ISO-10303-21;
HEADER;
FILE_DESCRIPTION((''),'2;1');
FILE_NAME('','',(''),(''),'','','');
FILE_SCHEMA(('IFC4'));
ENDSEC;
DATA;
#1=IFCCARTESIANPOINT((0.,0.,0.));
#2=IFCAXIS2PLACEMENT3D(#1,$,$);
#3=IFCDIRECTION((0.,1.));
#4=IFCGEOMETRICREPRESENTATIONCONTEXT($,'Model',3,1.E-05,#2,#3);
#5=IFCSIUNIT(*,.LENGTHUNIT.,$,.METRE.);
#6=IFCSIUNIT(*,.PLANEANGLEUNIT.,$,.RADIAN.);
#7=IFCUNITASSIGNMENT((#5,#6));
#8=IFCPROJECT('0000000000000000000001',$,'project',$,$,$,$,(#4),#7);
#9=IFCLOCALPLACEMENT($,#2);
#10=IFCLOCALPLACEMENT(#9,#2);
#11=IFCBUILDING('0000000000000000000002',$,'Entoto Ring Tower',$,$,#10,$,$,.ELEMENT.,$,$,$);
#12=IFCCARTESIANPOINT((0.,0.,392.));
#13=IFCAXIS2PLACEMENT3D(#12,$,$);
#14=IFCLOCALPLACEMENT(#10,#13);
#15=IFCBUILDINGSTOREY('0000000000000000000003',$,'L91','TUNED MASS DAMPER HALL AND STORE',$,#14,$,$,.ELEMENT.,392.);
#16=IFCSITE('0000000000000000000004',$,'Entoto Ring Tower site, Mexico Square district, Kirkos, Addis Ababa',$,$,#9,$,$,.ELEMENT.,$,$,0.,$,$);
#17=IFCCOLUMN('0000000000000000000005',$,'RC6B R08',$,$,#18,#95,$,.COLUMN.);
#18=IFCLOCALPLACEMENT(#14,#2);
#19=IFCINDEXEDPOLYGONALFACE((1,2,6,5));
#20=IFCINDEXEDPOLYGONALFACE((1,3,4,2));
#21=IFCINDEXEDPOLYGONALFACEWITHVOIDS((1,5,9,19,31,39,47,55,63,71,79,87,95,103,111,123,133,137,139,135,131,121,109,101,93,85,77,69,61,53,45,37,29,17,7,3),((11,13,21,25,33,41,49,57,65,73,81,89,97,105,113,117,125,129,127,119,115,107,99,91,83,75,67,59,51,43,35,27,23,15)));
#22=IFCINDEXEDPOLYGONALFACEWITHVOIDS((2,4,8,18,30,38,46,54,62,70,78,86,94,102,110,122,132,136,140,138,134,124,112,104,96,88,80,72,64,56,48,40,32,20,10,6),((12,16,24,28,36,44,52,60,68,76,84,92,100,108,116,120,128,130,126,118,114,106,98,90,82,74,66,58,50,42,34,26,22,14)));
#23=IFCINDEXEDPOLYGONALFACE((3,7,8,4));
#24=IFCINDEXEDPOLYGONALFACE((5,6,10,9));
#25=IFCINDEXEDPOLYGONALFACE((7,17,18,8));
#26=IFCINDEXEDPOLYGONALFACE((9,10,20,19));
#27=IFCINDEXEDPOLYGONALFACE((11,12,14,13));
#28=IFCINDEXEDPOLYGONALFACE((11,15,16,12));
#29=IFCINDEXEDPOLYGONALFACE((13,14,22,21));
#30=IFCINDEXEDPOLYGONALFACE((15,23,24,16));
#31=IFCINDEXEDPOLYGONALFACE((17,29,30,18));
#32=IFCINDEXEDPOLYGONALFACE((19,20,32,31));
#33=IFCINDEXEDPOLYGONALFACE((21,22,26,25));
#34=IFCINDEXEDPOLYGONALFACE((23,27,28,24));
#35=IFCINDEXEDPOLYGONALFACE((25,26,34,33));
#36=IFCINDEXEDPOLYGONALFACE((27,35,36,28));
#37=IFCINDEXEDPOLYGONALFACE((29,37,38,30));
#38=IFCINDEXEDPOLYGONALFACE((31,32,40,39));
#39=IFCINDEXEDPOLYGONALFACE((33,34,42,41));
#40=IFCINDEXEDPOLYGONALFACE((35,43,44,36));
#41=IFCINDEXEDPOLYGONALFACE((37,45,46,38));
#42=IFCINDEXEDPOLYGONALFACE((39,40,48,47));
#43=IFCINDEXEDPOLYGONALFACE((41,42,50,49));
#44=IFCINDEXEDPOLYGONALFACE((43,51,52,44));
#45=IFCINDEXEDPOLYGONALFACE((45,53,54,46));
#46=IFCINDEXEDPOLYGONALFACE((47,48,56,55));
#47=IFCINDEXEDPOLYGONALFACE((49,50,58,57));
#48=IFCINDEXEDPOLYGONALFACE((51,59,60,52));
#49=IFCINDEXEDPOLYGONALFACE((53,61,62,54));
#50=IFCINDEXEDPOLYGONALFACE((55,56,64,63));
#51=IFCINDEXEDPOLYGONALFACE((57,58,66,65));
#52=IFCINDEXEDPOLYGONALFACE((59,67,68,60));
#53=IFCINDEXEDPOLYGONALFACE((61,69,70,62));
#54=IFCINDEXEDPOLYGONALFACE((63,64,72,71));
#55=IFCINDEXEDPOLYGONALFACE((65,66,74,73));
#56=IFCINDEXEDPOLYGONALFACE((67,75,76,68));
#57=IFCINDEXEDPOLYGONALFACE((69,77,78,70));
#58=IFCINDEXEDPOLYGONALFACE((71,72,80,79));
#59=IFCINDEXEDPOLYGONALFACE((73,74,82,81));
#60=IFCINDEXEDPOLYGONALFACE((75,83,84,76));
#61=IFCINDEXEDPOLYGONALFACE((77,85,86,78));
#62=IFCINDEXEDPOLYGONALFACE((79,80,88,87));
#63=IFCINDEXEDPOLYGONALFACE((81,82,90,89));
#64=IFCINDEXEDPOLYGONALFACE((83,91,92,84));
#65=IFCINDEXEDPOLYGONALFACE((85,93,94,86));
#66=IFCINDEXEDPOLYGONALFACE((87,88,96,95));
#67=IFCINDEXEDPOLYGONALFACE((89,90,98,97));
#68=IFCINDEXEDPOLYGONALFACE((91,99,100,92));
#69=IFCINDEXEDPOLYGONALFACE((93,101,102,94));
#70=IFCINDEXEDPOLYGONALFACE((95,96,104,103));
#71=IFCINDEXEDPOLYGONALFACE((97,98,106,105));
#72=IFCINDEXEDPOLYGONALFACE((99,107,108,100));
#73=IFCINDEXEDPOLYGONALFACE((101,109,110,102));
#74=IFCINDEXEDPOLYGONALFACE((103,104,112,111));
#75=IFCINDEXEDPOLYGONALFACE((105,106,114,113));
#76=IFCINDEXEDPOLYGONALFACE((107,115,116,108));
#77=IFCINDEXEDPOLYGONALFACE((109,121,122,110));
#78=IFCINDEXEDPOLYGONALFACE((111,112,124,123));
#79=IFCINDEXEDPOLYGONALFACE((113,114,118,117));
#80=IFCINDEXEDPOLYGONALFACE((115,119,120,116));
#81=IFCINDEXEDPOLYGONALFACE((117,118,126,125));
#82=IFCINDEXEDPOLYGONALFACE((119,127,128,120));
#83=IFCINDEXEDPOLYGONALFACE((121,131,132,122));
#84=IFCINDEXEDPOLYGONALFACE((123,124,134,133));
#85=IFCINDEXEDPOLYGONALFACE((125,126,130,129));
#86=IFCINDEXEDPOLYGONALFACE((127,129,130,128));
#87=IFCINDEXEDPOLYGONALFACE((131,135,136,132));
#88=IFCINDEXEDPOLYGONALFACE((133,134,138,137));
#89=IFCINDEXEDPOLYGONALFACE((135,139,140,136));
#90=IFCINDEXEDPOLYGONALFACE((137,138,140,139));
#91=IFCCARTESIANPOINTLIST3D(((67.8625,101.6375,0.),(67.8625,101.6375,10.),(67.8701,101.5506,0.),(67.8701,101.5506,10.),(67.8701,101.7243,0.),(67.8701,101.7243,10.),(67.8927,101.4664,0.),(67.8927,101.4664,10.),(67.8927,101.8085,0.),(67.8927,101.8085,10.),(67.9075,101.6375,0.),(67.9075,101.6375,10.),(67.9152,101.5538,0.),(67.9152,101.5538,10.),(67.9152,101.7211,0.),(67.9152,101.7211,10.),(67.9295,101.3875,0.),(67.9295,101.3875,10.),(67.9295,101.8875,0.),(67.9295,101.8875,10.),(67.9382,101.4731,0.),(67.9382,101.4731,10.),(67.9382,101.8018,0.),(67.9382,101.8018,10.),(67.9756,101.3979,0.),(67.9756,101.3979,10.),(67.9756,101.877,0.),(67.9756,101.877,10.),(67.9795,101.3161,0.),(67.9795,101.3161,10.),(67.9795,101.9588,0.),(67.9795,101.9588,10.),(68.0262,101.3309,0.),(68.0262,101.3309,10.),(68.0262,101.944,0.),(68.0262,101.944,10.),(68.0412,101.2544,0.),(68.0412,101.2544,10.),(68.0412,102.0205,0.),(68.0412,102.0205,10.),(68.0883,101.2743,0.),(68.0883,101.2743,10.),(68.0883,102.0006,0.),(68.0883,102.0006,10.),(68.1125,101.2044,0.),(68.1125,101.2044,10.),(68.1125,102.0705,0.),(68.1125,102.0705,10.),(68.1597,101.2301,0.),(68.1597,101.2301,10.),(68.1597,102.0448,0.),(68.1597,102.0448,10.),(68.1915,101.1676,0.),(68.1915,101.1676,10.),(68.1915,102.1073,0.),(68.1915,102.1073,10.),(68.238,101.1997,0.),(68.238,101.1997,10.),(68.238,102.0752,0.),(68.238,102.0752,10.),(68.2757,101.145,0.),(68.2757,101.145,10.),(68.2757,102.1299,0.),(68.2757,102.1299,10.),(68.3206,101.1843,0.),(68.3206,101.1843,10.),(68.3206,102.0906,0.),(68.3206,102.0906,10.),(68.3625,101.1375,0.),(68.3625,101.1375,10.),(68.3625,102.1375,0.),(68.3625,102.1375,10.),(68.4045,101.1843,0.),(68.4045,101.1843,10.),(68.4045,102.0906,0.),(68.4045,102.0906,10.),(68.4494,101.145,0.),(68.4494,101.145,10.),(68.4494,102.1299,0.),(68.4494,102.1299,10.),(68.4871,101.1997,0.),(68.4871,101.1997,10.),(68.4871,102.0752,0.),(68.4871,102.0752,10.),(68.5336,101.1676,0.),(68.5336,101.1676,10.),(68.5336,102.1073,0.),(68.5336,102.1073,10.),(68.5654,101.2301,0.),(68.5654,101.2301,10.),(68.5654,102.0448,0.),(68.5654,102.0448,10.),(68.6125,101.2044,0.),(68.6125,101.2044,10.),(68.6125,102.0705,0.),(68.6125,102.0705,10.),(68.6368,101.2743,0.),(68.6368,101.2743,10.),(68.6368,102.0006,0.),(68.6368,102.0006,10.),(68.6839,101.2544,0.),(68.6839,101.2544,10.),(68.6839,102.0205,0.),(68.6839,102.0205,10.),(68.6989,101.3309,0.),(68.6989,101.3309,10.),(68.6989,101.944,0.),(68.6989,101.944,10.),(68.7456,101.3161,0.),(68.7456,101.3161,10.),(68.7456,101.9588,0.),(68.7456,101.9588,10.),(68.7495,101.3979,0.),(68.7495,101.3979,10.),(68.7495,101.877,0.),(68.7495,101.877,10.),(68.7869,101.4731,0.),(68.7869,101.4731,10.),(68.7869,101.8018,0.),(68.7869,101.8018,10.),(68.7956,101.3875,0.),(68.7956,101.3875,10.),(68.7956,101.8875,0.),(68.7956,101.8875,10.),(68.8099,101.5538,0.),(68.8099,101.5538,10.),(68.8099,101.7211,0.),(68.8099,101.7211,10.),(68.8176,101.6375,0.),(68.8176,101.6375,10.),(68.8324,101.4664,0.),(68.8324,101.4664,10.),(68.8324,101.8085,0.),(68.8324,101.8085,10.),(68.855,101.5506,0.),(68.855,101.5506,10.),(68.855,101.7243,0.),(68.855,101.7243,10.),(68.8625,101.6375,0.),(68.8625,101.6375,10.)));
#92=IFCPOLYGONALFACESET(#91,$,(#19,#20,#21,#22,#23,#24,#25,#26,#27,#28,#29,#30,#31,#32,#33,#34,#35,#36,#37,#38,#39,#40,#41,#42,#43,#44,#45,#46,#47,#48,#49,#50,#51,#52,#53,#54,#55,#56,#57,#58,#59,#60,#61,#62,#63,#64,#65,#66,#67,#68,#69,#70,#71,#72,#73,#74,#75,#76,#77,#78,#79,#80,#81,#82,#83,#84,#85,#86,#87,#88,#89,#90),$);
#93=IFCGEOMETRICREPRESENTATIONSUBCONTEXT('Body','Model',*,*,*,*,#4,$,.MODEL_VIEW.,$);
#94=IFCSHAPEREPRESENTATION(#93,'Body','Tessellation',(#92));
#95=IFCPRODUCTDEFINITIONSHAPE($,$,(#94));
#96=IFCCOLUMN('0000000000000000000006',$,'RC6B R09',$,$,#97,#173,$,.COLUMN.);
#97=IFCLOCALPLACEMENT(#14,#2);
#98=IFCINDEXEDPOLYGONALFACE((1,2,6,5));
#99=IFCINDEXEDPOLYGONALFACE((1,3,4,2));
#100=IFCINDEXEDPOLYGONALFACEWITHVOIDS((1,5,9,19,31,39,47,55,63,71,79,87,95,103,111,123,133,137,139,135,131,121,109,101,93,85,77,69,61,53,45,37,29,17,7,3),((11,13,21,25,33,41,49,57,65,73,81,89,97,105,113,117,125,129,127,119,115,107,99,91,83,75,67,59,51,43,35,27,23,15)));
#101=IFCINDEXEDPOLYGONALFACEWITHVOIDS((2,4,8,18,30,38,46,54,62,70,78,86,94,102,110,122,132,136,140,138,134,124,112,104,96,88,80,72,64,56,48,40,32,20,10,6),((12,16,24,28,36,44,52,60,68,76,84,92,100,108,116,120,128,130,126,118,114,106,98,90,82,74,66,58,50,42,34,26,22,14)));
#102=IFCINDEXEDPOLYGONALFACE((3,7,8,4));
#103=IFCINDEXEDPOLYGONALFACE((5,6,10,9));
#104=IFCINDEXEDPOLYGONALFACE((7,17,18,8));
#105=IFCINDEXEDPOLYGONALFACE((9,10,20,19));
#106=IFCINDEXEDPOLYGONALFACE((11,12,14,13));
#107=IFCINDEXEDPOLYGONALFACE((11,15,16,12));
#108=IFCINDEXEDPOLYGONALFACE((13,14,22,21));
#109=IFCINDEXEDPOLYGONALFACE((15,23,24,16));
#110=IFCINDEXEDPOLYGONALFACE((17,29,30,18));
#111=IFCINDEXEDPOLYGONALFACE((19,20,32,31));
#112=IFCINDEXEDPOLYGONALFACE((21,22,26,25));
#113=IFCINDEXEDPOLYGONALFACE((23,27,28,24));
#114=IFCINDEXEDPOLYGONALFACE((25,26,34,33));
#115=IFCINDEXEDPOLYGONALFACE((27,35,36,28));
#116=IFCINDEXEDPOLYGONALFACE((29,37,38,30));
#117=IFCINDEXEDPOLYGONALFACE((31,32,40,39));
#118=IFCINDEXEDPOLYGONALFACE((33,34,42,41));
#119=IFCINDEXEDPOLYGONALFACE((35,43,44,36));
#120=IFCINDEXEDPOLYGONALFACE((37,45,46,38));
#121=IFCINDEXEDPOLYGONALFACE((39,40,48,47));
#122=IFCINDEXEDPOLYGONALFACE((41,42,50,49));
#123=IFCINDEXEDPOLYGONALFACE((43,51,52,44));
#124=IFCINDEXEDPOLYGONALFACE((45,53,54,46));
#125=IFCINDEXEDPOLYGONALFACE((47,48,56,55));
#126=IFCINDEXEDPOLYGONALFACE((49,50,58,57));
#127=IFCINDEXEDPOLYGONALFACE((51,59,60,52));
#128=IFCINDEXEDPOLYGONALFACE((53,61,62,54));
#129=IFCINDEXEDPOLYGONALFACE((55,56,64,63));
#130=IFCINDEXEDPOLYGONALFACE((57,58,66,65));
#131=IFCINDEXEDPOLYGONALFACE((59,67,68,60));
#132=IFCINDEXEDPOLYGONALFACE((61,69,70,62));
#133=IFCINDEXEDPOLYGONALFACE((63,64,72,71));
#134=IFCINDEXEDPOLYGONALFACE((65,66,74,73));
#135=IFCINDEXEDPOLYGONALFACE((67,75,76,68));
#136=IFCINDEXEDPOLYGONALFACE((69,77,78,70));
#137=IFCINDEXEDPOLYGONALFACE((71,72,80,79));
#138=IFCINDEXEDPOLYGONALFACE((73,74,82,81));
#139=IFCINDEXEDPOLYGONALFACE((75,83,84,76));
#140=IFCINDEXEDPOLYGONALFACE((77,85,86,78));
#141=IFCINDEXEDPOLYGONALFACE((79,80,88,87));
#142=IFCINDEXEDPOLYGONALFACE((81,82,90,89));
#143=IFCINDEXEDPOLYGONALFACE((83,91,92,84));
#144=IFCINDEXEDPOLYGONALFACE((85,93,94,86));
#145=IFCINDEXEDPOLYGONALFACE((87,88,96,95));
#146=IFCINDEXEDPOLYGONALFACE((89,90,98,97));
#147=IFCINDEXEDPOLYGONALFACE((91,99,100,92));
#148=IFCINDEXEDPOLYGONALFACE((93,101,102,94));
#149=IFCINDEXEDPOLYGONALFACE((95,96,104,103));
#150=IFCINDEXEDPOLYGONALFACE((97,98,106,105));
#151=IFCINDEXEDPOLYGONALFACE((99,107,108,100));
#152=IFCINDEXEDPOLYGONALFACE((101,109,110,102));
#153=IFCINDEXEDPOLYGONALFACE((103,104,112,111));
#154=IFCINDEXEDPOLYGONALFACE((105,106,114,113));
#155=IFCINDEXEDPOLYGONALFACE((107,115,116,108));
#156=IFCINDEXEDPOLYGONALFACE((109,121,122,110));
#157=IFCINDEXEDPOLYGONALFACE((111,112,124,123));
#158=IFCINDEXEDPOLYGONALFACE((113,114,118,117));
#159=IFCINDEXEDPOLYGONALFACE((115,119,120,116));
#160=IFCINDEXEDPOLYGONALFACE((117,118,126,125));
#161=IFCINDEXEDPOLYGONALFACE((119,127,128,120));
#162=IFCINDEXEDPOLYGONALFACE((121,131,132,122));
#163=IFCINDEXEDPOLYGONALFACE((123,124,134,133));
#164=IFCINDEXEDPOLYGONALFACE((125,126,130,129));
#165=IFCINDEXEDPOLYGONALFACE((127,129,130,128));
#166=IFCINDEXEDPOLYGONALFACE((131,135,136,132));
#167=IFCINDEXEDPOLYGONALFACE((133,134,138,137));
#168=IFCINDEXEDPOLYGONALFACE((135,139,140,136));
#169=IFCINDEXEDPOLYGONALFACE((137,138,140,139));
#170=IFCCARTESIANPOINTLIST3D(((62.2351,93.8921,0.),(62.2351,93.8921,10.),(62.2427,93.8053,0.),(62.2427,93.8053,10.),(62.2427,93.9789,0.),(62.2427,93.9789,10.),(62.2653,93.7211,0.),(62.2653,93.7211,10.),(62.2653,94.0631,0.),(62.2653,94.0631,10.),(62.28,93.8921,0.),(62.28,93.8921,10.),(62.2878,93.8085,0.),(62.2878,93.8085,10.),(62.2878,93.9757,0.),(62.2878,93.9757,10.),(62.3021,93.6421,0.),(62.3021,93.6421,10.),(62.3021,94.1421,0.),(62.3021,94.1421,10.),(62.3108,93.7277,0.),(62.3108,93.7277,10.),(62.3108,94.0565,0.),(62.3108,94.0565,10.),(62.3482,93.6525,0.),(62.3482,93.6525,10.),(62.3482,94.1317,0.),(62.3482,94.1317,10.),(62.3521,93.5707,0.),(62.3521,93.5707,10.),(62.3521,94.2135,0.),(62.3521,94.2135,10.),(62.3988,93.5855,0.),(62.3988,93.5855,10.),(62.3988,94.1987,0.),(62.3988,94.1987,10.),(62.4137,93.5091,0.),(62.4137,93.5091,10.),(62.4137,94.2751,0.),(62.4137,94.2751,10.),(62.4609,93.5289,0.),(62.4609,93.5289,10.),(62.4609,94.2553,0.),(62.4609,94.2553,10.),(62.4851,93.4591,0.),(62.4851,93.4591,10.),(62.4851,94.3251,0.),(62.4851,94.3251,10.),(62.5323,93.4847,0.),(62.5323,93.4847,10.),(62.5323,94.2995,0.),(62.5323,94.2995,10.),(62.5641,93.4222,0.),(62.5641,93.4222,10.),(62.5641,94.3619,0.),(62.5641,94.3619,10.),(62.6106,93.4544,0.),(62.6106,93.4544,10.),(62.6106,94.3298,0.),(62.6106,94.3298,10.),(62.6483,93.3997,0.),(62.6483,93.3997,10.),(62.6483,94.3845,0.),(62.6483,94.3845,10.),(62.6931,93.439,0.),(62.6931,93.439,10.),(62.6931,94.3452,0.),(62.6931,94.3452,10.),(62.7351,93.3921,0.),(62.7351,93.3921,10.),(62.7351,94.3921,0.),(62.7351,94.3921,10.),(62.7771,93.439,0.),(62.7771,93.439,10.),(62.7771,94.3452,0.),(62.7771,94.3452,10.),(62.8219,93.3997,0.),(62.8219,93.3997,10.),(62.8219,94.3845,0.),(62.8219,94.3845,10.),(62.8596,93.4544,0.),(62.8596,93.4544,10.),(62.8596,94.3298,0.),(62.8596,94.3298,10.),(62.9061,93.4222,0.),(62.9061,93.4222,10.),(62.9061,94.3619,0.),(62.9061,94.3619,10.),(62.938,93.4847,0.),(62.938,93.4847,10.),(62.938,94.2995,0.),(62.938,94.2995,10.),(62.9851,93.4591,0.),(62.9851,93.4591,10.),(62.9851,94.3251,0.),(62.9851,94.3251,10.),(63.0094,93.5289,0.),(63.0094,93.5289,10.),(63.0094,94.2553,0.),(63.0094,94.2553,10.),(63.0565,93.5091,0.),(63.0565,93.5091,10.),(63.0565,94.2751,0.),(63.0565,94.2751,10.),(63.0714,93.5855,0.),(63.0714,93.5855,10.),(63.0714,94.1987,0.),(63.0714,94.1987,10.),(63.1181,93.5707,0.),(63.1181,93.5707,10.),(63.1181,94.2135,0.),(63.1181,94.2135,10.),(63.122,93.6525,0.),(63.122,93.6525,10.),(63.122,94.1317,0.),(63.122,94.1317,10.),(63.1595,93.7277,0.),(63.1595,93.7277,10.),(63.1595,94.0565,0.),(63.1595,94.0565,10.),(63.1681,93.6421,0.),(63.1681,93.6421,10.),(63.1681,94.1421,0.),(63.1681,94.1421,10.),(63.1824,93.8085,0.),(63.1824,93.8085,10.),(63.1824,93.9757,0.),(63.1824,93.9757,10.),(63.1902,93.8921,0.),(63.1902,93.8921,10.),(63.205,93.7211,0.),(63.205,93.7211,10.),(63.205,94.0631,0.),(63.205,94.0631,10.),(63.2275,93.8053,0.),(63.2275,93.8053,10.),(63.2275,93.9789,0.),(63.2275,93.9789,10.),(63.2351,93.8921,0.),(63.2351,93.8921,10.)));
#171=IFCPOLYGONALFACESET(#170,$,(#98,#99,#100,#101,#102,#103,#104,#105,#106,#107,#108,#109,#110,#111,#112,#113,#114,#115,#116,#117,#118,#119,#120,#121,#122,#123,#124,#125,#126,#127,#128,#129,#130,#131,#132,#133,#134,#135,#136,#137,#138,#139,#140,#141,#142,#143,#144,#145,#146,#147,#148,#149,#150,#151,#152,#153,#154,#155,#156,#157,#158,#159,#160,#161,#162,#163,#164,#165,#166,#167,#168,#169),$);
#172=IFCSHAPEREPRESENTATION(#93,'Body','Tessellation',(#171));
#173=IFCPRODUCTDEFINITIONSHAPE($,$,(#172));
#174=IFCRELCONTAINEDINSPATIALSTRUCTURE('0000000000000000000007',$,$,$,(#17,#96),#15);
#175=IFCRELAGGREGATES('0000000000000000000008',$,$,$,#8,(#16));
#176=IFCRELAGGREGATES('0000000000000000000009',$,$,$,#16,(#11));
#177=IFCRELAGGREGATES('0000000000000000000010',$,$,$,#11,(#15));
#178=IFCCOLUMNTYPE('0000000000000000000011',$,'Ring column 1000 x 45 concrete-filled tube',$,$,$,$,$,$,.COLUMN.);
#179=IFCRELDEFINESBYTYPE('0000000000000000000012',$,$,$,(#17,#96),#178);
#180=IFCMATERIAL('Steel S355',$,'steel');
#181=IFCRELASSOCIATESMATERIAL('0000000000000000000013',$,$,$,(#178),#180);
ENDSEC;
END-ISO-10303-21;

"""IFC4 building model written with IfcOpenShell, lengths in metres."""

from ifc_helpers import new_model, si_unit, direction, frame, origin, origin_2d, place, context, subcontext, project, spatial, circle, hollow_circle, extrude, material, material_profile, profile_set, type_object, element, save


model = new_model("IFC4")

# Units and contexts
model_context = context("Model", 3, precision=1e-05, world=origin(), true_north=direction((0.0, 1.0)))
body_context = subcontext(model_context, "Body", "Model", "MODEL_VIEW")
ifc_project = project(units=[si_unit("LENGTHUNIT", "METRE"), si_unit("PLANEANGLEUNIT", "RADIAN")], contexts=[model_context])

# Site, building, storey
site_placement = place(None, origin())
site = spatial("IfcSite", under=ifc_project, at=site_placement, Name="Entoto Ring Tower site, Mexico Square district, Kirkos, Addis Ababa", CompositionType="ELEMENT", RefElevation=0.0)
building_placement = place(site_placement, origin())
building = spatial("IfcBuilding", under=site, at=building_placement, Name="Entoto Ring Tower", CompositionType="ELEMENT")
storey_placement = place(building_placement, frame((0.0, 0.0, 392.0)))
storey = spatial("IfcBuildingStorey", under=building, at=storey_placement, Name="L91", Description="TUNED MASS DAMPER HALL AND STORE", CompositionType="ELEMENT", Elevation=392.0)

# Columns
ifc_material_1 = material(Name="Steel S355", Category="steel")
ifc_material_profile_1 = material_profile(ifc_material_1, hollow_circle(Radius=0.5, WallThickness=0.0449, at=origin_2d()), Name="CHS 1000 x 45")
ifc_material_2 = material(Name="Concrete C60/75", Category="concrete")
ifc_material_profile_2 = material_profile(ifc_material_2, circle(Radius=0.4551, at=origin_2d()), Name="Concrete C60/75 infill")
ifc_profile_set_1 = profile_set([ifc_material_profile_1, ifc_material_profile_2], Name="Steel S355")
column_type = type_object("IfcColumnType", Name="Ring column 1000 x 45 concrete-filled tube", PredefinedType="COLUMN", material=ifc_profile_set_1)
for number, where, z_axis, x_axis, name in (
    (1, (68.3625, 101.6375, 0.0), (0.0, 0.0, 1.0), (1.0, 0.0, 0.0), "RC6B R08"),
    (2, (62.7351, 93.8921, 0.0), (0.0, 0.0, 1.0), (1.0, 0.0, 0.0), "RC6B R09"),
):
    element("IfcColumn", number, at=place(storey_placement, frame(where, z_axis=z_axis, x_axis=x_axis)), inside=storey, type_object=column_type, Name=name, PredefinedType="COLUMN", context=body_context, shape_type="SweptSolid", body=[
        extrude(hollow_circle(Radius=0.5, WallThickness=0.0449, at=origin_2d()), origin(), (0.0, 0.0, 1.0), 10.0),
    ])

save(model, "model.ifc")
